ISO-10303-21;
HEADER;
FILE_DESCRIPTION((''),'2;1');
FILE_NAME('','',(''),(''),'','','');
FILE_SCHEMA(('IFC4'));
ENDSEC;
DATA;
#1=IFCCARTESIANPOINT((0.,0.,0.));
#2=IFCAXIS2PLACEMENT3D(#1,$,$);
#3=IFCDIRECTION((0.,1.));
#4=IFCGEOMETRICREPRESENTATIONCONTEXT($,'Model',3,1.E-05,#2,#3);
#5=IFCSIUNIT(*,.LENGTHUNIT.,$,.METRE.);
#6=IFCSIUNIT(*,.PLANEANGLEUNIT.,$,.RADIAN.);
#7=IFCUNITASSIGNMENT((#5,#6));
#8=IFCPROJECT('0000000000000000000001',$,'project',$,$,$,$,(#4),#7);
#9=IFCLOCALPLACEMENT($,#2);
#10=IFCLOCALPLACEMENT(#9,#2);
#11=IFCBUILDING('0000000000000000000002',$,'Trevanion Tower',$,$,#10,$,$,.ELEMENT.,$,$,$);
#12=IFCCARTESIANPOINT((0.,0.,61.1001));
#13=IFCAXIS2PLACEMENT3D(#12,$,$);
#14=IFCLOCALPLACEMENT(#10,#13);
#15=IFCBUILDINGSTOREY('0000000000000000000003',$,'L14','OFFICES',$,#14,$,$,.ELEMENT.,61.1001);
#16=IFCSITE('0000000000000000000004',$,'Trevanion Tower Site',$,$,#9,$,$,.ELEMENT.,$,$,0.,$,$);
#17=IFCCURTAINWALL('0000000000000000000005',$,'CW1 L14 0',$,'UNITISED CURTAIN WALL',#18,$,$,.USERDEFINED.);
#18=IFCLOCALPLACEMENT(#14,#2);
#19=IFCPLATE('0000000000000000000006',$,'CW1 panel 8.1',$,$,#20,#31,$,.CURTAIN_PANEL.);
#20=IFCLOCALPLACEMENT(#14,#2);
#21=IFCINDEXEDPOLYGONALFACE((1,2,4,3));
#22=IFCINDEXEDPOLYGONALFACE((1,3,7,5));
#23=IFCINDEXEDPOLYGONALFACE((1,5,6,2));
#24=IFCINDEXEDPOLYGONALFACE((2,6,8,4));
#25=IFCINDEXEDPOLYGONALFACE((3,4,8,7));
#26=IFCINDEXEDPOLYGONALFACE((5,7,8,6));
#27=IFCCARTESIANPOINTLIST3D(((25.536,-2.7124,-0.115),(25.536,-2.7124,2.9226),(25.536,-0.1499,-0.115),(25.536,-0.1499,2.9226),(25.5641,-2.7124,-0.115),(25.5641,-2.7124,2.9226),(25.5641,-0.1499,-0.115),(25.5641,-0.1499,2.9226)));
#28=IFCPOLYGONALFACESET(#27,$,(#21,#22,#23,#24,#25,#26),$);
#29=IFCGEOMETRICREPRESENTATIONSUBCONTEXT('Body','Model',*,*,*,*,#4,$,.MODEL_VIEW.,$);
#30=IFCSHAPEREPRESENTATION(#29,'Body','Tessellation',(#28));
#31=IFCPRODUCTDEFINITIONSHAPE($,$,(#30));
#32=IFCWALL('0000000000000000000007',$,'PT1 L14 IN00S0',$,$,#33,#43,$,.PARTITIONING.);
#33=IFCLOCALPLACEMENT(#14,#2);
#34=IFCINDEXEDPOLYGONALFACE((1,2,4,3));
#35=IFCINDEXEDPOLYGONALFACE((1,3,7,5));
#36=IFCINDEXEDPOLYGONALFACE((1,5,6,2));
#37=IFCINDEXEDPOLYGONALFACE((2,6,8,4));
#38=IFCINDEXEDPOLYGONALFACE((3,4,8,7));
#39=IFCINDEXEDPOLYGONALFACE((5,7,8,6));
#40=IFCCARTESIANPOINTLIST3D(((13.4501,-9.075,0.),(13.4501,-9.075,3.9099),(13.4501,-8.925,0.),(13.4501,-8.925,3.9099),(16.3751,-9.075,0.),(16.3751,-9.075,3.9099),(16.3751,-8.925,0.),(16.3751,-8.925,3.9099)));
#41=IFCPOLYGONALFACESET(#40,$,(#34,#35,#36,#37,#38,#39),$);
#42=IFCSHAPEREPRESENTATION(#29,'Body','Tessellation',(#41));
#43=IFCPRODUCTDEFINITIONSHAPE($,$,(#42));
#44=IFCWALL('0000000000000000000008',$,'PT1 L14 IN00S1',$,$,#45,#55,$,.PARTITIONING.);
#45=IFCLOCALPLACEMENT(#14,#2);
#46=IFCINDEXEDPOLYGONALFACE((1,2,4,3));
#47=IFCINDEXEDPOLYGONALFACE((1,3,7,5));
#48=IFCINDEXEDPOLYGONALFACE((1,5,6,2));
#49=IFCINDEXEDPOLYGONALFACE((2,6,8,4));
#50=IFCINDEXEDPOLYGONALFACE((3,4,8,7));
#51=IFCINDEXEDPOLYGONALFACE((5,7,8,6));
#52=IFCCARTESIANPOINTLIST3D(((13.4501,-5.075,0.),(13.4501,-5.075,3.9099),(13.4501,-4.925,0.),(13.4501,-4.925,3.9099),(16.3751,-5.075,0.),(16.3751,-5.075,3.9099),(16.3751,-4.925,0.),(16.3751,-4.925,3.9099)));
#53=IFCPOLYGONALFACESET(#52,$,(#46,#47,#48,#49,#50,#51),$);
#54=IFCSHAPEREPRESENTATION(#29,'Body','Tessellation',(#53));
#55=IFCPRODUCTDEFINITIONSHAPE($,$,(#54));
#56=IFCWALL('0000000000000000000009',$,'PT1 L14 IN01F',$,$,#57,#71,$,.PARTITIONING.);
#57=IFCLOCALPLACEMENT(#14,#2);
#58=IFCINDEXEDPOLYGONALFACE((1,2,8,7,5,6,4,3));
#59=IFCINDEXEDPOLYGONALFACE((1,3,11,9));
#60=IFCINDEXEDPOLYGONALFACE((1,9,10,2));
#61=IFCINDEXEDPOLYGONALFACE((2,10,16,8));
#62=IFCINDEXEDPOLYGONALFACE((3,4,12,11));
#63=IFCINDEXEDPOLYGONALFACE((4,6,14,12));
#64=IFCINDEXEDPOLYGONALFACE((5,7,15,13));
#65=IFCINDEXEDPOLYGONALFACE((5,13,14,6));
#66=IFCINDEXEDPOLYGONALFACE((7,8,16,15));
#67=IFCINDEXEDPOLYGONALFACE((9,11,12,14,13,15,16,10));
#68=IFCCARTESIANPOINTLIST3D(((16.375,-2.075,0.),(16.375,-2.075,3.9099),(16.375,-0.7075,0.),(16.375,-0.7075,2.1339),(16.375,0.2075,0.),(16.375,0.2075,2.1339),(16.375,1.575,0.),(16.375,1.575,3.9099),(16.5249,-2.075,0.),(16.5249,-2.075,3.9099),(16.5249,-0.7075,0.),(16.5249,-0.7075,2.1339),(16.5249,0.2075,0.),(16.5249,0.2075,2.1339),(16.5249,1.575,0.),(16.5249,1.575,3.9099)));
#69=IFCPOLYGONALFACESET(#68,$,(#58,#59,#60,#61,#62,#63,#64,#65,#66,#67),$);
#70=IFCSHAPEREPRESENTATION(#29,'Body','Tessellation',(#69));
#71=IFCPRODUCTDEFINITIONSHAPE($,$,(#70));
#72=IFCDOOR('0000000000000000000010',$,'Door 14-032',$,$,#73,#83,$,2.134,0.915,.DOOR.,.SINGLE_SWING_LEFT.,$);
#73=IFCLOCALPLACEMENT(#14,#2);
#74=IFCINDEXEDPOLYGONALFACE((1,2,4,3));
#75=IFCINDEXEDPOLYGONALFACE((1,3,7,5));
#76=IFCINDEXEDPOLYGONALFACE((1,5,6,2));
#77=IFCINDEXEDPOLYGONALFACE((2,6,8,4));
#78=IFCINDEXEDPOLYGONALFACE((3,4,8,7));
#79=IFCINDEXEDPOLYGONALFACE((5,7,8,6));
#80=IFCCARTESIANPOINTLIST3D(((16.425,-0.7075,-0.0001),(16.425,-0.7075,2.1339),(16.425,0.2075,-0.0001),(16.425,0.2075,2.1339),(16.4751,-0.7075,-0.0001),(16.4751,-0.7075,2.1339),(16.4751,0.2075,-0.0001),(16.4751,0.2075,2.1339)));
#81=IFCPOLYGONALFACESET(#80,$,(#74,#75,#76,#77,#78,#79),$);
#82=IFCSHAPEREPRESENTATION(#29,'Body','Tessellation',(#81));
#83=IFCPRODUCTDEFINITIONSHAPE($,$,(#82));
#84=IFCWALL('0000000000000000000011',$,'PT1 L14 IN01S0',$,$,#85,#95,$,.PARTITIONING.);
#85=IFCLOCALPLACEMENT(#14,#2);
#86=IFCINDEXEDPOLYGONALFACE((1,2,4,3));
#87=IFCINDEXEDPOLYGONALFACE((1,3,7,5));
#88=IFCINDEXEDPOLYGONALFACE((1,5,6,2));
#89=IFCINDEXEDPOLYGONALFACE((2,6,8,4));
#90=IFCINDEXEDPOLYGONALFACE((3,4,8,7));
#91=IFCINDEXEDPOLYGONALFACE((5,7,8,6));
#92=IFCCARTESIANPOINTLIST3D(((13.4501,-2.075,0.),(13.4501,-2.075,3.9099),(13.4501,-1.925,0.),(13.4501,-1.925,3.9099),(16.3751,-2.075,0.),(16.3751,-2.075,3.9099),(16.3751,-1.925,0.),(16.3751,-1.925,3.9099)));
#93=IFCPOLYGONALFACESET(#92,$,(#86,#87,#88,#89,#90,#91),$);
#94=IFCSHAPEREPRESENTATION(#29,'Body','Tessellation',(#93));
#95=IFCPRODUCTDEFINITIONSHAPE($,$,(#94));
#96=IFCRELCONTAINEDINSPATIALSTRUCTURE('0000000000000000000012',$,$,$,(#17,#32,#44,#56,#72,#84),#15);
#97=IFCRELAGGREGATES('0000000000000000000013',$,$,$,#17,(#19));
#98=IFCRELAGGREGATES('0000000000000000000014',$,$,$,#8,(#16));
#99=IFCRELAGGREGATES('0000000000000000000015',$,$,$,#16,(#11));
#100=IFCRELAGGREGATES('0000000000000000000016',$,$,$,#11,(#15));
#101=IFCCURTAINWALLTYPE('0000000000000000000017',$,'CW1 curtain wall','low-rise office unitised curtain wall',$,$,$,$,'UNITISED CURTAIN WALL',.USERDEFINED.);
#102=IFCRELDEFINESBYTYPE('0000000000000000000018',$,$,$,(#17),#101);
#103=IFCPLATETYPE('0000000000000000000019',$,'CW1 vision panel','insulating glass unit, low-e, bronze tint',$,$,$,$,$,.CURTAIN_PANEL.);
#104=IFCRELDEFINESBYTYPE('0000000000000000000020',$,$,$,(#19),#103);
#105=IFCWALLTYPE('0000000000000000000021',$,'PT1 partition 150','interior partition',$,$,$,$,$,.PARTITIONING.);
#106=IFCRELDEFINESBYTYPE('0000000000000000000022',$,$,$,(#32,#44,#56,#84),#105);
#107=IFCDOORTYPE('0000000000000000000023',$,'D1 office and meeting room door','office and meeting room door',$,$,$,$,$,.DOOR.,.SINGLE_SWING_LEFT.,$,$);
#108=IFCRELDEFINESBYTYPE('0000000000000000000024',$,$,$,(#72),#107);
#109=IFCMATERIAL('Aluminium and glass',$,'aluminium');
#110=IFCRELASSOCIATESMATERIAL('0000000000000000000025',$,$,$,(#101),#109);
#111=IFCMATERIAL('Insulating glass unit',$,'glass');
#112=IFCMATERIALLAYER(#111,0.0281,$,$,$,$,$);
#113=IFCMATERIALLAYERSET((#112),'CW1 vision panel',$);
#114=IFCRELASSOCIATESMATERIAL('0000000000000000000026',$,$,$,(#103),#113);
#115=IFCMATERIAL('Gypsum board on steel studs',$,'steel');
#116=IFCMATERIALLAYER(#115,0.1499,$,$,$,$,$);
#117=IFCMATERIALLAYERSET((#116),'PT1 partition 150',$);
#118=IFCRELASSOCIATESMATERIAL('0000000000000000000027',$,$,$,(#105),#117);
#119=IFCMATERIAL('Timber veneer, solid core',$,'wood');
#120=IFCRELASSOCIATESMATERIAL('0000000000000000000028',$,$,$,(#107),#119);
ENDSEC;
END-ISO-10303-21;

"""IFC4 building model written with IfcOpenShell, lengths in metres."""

from ifc_helpers import new_model, si_unit, direction, frame, frame_2d, origin, origin_2d, place, context, subcontext, project, spatial, rectangle, extrude, material, layer, layer_set, type_object, element, fill, aggregate, save


model = new_model("IFC4")

# Units and contexts
model_context = context("Model", 3, precision=1e-05, world=origin(), true_north=direction((0.0, 1.0)))
body_context = subcontext(model_context, "Body", "Model", "MODEL_VIEW")
ifc_project = project(units=[si_unit("LENGTHUNIT", "METRE"), si_unit("PLANEANGLEUNIT", "RADIAN")], contexts=[model_context])

# Site, building, storey
site_placement = place(None, origin())
site = spatial("IfcSite", under=ifc_project, at=site_placement, Name="Trevanion Tower Site", CompositionType="ELEMENT", RefElevation=0.0)
building_placement = place(site_placement, origin())
building = spatial("IfcBuilding", under=site, at=building_placement, Name="Trevanion Tower", CompositionType="ELEMENT")
storey_placement = place(building_placement, frame((0.0, 0.0, 61.1001)))
storey = spatial("IfcBuildingStorey", under=building, at=storey_placement, Name="L14", Description="OFFICES", CompositionType="ELEMENT", Elevation=61.1001)

# Curtain wall, plate
ifc_material_1 = material(Name="Aluminium and glass", Category="aluminium")
curtain_wall_type = type_object("IfcCurtainWallType", Name="CW1 curtain wall", Description="low-rise office unitised curtain wall", ElementType="UNITISED CURTAIN WALL", PredefinedType="USERDEFINED", material=ifc_material_1)
curtain_wall_placement = place(storey_placement, origin())
curtain_wall = element("IfcCurtainWall", 1, at=curtain_wall_placement, inside=storey, type_object=curtain_wall_type, Name="CW1 L14 0", ObjectType="UNITISED CURTAIN WALL", PredefinedType="USERDEFINED")
ifc_material_2 = material(Name="Insulating glass unit", Category="glass")
ifc_layer_1 = layer(ifc_material_2, 0.0281)
ifc_layer_set_1 = layer_set([ifc_layer_1], Name="CW1 vision panel")
plate_type_1 = type_object("IfcPlateType", Name="CW1 vision panel", Description="insulating glass unit, low-e, bronze tint", PredefinedType="CURTAIN_PANEL", material=ifc_layer_set_1)
plate_1_placement = place(storey_placement, frame((25.55, -1.4312, -0.115), z_axis=(0.0, 0.0, 1.0), x_axis=(0.0, 1.0, 0.0)))
plate_1 = element("IfcPlate", 2, at=plate_1_placement, type_object=plate_type_1, Name="CW1 panel 8.1", PredefinedType="CURTAIN_PANEL", context=body_context, shape_type="SweptSolid", body=[
    extrude(rectangle(XDim=2.5625, YDim=0.0281, at=origin_2d()), origin(), (0.0, 0.0, 1.0), 3.0376),
])
aggregate(curtain_wall, [plate_1])

# Walls
ifc_material_3 = material(Name="Gypsum board on steel studs", Category="steel")
ifc_layer_2 = layer(ifc_material_3, 0.1499)
ifc_layer_set_2 = layer_set([ifc_layer_2], Name="PT1 partition 150")
wall_type = type_object("IfcWallType", Name="PT1 partition 150", Description="interior partition", PredefinedType="PARTITIONING", material=ifc_layer_set_2)
for number, where, z_axis, x_axis, name in (
    (3, (16.375, -9.0, 0.0), (0.0, 0.0, 1.0), (-1.0, 0.0, 0.0), "PT1 L14 IN00S0"),
    (4, (16.375, -5.0, 0.0), (0.0, 0.0, 1.0), (-1.0, 0.0, 0.0), "PT1 L14 IN00S1"),
):
    element("IfcWall", number, at=place(storey_placement, frame(where, z_axis=z_axis, x_axis=x_axis)), inside=storey, type_object=wall_type, Name=name, PredefinedType="PARTITIONING", context=body_context, shape_type="SweptSolid", body=[
        extrude(rectangle(XDim=2.925, YDim=0.1499, at=frame_2d((1.4624, 0.0))), origin(), (0.0, 0.0, 1.0), 3.9099),
    ])

# Wall, opening, door
wall_1_placement = place(storey_placement, frame((16.45, -2.075, 0.0), z_axis=(0.0, 0.0, 1.0), x_axis=(0.0, 1.0, 0.0)))
wall_1 = element("IfcWall", 5, at=wall_1_placement, inside=storey, type_object=wall_type, Name="PT1 L14 IN01F", PredefinedType="PARTITIONING", context=body_context, shape_type="SweptSolid", body=[
    extrude(rectangle(XDim=3.6499, YDim=0.1499, at=frame_2d((1.825, 0.0))), origin(), (0.0, 0.0, 1.0), 3.9099),
])
opening_placement = place(wall_1_placement, frame((1.3674, 0.0, 0.0)))
opening = element("IfcOpeningElement", 6, at=opening_placement, cuts=wall_1, PredefinedType="OPENING", context=body_context, shape_type="SweptSolid", body=[
    extrude(rectangle(XDim=0.915, YDim=2.134, at=frame_2d((0.4575, 1.0669))), frame((0.0, 0.085, 0.0), z_axis=(0.0, -1.0, 0.0), x_axis=(1.0, 0.0, 0.0)), (0.0, 0.0, 1.0), 0.1699),
])
ifc_material_4 = material(Name="Timber veneer, solid core", Category="wood")
door_type = type_object("IfcDoorType", Name="D1 office and meeting room door", Description="office and meeting room door", OperationType="SINGLE_SWING_LEFT", PredefinedType="DOOR", material=ifc_material_4)
door_placement = place(opening_placement, origin())
door = element("IfcDoor", 7, at=door_placement, inside=storey, type_object=door_type, Name="Door 14-032", OperationType="SINGLE_SWING_LEFT", OverallHeight=2.134, OverallWidth=0.915, PredefinedType="DOOR", context=body_context, shape_type="SweptSolid", body=[
    extrude(rectangle(XDim=0.915, YDim=2.134, at=frame_2d((0.4575, 1.0669))), frame((0.0, 0.0249, 0.0), z_axis=(0.0, -1.0, 0.0), x_axis=(1.0, 0.0, 0.0)), (0.0, 0.0, 1.0), 0.05),
])
fill(opening, door)

# Wall
wall_2_placement = place(storey_placement, frame((16.375, -2.0, 0.0), z_axis=(0.0, 0.0, 1.0), x_axis=(-1.0, 0.0, 0.0)))
element("IfcWall", 8, at=wall_2_placement, inside=storey, type_object=wall_type, Name="PT1 L14 IN01S0", PredefinedType="PARTITIONING", context=body_context, shape_type="SweptSolid", body=[
    extrude(rectangle(XDim=2.925, YDim=0.1499, at=frame_2d((1.4624, 0.0))), origin(), (0.0, 0.0, 1.0), 3.9099),
])

save(model, "model.ifc")
